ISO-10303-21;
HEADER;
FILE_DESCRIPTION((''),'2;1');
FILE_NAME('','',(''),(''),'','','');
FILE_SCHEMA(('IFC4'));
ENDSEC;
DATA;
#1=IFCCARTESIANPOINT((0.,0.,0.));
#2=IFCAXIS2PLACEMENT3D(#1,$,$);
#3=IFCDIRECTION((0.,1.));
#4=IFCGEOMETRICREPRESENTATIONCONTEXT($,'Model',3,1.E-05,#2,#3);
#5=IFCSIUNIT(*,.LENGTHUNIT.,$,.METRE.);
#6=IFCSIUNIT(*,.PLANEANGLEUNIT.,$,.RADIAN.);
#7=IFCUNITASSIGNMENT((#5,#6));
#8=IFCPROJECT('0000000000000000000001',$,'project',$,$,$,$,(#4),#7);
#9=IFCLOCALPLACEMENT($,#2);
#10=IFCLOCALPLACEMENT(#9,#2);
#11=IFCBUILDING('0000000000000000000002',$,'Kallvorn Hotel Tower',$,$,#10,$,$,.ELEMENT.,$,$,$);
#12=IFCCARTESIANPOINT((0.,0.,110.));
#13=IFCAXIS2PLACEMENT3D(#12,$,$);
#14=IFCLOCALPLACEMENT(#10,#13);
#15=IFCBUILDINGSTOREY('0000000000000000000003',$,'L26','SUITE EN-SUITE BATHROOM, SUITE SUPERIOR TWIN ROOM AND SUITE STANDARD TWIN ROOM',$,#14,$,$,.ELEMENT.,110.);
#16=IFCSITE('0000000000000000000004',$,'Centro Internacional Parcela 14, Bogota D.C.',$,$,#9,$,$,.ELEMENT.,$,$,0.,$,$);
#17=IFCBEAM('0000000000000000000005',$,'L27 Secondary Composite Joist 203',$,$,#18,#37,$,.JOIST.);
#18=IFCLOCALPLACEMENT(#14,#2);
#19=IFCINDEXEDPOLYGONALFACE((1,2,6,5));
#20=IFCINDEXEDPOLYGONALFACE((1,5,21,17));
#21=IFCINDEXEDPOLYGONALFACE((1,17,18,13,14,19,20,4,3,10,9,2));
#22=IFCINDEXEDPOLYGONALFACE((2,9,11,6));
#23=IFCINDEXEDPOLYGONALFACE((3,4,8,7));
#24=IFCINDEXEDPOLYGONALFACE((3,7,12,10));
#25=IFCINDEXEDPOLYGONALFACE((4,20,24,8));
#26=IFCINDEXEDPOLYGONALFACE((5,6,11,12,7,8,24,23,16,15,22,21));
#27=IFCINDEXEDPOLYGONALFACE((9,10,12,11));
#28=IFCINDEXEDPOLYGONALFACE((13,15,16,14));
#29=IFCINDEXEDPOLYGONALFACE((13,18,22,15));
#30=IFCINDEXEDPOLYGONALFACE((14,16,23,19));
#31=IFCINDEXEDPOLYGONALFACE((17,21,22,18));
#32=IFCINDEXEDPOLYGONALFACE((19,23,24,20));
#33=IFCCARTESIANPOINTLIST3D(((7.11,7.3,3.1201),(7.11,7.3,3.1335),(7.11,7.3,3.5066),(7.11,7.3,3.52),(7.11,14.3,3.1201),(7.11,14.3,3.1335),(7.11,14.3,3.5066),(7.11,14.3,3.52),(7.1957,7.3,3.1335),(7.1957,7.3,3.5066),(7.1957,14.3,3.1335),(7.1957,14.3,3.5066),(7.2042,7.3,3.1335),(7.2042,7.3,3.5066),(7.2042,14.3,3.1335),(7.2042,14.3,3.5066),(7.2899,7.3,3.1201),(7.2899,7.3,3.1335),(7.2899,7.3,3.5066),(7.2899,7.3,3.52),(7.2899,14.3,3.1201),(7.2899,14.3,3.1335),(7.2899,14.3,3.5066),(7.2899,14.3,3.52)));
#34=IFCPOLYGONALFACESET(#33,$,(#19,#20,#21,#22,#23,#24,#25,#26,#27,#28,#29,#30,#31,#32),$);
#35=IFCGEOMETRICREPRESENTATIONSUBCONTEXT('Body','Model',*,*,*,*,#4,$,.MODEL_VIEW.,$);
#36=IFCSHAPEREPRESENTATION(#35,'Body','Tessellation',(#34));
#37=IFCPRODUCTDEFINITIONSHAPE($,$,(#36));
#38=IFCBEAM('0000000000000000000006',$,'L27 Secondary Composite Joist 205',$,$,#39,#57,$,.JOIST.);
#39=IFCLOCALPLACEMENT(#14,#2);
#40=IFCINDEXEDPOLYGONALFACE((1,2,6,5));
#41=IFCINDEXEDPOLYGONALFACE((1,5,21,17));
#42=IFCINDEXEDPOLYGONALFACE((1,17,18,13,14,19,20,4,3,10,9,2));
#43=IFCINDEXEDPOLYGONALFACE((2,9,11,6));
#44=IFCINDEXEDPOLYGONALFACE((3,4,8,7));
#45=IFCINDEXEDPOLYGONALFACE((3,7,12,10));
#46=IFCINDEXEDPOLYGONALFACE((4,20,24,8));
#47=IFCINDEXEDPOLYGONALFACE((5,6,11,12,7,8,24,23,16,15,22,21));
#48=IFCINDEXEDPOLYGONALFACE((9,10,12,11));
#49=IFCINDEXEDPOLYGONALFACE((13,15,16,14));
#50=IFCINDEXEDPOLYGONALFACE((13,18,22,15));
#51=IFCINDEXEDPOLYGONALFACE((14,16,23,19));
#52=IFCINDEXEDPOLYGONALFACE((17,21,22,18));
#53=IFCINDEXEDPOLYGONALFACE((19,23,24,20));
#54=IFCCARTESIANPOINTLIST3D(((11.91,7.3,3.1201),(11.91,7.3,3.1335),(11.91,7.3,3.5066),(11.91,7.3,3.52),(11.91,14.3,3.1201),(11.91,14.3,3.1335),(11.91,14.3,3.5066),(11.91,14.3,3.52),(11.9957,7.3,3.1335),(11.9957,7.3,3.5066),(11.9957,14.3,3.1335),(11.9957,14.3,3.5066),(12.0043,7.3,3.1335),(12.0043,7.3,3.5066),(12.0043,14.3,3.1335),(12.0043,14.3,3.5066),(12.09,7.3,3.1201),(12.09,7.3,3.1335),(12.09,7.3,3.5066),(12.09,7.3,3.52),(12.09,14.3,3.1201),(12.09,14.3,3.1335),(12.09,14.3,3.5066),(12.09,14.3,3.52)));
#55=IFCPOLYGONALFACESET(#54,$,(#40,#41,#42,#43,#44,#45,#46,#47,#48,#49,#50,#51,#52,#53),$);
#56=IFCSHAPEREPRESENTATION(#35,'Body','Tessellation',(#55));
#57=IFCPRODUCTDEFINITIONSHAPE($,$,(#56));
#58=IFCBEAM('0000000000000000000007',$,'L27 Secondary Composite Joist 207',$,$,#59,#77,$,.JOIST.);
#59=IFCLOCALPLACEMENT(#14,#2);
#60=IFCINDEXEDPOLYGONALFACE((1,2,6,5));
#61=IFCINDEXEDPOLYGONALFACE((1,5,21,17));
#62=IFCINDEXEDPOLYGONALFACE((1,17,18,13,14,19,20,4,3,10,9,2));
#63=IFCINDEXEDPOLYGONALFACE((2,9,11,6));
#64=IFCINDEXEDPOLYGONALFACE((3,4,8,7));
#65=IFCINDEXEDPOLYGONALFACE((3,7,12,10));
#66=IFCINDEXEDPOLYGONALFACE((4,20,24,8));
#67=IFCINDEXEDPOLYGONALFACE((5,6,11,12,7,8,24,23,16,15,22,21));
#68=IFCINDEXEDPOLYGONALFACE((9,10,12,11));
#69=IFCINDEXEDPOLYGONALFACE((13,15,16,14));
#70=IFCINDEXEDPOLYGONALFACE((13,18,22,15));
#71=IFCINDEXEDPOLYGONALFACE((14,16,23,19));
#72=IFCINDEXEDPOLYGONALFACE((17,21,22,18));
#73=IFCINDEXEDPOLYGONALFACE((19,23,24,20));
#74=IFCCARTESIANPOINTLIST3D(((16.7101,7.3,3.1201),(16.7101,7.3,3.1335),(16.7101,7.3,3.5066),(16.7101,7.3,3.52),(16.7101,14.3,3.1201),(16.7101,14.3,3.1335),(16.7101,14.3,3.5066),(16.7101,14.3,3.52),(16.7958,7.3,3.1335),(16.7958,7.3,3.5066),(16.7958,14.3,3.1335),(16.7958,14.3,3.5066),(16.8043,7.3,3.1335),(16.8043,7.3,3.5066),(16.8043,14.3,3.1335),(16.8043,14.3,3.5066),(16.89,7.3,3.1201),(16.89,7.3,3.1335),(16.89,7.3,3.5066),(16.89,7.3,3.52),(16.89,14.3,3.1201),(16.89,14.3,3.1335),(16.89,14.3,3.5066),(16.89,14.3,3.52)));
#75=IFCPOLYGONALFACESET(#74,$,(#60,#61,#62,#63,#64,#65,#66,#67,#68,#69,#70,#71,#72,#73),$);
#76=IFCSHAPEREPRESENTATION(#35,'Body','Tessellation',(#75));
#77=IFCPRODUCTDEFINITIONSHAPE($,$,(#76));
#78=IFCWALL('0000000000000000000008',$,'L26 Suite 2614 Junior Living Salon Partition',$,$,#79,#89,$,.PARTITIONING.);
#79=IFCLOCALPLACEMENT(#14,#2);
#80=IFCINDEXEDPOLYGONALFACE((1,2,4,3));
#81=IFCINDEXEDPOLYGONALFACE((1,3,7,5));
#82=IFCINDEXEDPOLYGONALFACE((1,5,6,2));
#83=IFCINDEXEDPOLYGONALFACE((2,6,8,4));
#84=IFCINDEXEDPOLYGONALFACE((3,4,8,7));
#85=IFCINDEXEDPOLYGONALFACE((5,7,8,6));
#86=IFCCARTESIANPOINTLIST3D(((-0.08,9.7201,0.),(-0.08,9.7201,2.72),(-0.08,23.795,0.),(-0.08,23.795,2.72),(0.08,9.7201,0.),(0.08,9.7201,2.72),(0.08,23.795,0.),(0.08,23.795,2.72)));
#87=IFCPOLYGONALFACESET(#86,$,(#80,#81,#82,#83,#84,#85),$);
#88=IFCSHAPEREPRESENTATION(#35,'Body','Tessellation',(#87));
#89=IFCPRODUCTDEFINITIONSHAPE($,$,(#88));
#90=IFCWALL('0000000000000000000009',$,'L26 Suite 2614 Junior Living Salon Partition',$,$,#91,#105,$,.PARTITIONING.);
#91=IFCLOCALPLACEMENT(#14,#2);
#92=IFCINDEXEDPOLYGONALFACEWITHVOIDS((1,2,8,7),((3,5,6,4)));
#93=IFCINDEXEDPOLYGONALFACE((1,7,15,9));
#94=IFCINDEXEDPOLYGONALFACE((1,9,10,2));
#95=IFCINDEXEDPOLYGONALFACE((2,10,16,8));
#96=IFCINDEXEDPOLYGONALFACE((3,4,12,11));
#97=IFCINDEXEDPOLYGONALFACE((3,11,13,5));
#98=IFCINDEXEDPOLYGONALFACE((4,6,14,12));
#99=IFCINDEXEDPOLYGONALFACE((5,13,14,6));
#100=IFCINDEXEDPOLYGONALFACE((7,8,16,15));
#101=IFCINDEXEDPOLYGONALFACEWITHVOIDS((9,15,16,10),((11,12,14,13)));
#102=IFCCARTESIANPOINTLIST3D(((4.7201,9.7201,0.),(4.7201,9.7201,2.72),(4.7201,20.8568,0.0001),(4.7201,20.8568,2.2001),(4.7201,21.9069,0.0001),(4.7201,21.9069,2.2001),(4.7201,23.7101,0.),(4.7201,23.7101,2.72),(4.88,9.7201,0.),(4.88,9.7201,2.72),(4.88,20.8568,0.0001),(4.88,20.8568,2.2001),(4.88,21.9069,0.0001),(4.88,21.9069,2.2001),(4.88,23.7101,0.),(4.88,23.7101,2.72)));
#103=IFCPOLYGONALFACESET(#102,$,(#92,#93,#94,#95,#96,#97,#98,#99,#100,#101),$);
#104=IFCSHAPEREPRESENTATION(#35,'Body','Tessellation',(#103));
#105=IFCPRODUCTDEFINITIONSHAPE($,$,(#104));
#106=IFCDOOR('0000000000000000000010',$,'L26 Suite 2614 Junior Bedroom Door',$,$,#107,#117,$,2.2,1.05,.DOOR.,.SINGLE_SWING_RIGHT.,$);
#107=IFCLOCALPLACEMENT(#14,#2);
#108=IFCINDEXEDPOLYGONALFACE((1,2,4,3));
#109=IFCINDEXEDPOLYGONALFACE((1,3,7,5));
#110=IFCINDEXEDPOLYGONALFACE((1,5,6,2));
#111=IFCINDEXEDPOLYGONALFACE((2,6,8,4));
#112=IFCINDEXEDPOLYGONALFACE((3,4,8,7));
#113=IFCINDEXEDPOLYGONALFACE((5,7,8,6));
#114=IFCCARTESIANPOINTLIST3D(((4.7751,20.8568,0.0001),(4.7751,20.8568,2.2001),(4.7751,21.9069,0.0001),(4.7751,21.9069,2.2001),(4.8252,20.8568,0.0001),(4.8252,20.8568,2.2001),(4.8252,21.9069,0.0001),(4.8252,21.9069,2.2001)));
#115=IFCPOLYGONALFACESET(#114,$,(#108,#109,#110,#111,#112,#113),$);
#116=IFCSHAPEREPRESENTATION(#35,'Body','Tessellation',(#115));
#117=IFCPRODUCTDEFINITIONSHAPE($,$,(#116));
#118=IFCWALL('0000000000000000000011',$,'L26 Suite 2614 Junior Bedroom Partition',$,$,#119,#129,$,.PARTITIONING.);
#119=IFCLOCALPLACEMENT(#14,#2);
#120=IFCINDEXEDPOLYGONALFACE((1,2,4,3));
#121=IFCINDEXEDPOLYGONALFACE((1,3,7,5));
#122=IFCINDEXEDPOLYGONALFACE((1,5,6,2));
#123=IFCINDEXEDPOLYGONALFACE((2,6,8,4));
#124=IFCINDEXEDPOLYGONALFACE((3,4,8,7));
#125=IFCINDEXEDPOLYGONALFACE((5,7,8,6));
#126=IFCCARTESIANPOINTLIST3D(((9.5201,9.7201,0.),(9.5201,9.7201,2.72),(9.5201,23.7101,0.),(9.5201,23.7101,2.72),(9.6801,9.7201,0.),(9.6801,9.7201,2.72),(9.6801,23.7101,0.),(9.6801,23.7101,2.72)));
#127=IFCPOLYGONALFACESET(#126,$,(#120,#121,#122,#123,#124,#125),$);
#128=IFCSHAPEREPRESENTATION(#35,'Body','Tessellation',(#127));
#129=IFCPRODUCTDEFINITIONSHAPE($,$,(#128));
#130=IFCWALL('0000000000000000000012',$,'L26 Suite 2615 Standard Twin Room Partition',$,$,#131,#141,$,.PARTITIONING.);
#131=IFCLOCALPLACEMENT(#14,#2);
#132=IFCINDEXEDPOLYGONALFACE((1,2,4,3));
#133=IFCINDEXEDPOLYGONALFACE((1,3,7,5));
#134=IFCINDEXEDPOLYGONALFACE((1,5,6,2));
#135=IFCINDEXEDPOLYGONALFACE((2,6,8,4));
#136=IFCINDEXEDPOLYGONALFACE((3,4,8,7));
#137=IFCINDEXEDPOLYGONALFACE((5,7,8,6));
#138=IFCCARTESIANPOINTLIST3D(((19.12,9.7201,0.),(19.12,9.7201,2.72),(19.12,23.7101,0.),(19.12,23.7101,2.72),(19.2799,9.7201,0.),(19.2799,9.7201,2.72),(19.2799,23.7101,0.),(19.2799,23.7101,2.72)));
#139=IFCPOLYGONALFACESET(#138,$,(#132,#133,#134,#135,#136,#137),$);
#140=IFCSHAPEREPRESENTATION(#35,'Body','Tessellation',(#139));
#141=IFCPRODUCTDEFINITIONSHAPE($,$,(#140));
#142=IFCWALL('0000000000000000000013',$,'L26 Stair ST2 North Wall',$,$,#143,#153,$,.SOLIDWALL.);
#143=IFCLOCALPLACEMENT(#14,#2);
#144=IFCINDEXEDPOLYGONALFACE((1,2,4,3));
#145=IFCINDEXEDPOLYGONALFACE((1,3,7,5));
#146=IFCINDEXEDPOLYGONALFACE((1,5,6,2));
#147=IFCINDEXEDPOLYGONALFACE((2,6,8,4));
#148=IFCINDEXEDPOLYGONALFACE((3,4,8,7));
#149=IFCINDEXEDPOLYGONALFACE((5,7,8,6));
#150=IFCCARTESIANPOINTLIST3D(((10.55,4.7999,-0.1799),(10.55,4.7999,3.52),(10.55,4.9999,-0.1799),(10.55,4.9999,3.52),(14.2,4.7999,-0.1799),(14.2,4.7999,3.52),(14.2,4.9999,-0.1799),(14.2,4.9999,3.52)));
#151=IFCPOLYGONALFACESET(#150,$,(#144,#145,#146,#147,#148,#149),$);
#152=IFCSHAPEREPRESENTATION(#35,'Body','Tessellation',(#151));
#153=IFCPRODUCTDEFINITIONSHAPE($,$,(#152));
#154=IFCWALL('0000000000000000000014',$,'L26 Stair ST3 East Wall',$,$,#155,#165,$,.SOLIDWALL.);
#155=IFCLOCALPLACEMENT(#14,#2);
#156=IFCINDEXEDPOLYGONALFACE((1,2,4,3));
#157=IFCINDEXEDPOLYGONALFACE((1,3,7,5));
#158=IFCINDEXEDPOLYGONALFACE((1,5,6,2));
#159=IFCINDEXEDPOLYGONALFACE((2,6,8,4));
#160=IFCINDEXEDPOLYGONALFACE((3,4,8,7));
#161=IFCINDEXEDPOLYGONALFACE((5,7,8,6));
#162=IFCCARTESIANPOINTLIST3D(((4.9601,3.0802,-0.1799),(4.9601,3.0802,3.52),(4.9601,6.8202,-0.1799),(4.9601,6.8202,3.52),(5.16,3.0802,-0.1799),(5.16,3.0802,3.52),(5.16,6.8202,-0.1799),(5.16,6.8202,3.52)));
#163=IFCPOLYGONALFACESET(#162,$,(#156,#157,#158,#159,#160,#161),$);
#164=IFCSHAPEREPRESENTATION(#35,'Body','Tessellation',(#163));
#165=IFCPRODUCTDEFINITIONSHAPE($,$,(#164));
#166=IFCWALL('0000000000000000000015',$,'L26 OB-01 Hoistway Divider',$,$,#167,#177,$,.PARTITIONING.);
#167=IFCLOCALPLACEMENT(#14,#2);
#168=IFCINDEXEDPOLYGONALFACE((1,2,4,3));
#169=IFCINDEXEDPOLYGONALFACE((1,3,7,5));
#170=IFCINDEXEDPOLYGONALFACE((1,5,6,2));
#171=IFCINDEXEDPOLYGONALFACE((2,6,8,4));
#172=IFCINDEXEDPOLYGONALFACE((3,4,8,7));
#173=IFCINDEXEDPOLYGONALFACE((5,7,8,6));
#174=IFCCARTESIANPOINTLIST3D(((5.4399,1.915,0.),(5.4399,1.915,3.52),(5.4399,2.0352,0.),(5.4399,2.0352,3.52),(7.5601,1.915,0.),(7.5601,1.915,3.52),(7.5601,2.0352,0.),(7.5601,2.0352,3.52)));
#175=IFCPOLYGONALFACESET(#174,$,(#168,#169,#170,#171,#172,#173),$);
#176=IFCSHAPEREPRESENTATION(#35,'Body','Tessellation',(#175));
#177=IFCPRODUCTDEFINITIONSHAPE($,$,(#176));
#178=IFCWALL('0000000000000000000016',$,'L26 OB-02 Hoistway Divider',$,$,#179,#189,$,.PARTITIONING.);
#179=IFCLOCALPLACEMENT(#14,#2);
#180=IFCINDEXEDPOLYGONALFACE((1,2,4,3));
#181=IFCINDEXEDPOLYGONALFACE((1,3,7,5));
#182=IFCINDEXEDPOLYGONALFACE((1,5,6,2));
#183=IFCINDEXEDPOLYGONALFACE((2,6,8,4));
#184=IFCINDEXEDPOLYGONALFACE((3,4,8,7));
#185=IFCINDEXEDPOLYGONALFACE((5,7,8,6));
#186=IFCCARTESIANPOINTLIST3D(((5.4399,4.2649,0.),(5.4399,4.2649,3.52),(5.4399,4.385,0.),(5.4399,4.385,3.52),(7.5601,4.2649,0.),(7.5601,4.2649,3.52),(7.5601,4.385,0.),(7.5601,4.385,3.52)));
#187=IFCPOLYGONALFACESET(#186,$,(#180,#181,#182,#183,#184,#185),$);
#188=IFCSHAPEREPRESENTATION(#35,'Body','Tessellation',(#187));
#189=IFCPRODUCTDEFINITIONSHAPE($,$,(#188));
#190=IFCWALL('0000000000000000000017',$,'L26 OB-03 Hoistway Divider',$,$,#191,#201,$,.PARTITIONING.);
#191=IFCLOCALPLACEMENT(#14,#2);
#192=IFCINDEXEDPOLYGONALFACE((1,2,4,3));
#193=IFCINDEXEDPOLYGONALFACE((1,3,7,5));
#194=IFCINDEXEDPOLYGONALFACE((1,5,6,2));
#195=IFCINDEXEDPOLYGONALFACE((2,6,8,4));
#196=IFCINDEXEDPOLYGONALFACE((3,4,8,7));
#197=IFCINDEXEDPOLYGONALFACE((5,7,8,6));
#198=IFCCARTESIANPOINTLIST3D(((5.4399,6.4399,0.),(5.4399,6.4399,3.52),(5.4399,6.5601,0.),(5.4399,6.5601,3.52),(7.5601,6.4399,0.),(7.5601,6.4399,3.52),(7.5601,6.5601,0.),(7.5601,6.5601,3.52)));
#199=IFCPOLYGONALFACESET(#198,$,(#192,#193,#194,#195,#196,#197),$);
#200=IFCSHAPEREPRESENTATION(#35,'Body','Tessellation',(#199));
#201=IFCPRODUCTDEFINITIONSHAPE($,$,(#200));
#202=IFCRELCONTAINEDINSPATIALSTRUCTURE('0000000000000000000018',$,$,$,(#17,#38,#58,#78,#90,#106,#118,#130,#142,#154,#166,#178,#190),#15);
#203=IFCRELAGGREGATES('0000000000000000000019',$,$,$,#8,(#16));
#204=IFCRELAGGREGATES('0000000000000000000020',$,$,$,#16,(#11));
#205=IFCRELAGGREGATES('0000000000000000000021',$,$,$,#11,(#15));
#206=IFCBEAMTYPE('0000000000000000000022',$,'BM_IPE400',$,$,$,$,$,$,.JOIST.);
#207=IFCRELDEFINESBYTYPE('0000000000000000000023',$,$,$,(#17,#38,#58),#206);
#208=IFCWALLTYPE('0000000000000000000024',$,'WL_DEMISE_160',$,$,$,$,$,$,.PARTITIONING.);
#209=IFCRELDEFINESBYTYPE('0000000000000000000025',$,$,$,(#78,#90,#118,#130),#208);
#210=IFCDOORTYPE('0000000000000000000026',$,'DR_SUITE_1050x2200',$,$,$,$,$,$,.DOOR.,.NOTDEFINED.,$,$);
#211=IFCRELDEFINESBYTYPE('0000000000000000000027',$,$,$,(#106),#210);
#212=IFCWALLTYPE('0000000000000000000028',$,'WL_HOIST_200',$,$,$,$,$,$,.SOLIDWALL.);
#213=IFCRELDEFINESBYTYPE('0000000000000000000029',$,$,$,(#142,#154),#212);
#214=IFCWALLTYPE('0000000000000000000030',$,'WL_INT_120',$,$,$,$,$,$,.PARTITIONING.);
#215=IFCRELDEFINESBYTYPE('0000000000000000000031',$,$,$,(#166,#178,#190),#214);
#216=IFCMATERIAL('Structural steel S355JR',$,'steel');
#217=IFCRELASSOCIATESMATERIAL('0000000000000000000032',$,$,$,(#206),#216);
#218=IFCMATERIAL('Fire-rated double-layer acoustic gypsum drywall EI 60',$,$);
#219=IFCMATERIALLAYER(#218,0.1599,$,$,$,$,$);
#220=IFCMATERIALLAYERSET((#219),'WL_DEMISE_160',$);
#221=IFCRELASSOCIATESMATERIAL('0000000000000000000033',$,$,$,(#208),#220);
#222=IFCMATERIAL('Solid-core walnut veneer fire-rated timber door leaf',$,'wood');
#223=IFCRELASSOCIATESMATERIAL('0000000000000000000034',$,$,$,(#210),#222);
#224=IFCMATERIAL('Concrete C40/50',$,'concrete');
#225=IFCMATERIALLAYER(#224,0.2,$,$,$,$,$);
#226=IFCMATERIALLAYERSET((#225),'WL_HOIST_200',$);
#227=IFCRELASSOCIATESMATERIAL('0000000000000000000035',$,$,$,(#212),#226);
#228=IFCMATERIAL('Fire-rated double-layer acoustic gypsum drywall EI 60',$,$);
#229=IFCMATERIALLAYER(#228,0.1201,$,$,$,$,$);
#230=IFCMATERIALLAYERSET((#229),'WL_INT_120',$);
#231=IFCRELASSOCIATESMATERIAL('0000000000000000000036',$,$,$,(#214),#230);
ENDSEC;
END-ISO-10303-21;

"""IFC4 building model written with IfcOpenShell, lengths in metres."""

from ifc_helpers import new_model, si_unit, direction, frame, frame_2d, origin, origin_2d, place, context, subcontext, project, spatial, rectangle, i_section, extrude, material, layer, layer_set, material_profile, profile_set, type_object, element, fill, save


model = new_model("IFC4")

# Units and contexts
model_context = context("Model", 3, precision=1e-05, world=origin(), true_north=direction((0.0, 1.0)))
body_context = subcontext(model_context, "Body", "Model", "MODEL_VIEW")
ifc_project = project(units=[si_unit("LENGTHUNIT", "METRE"), si_unit("PLANEANGLEUNIT", "RADIAN")], contexts=[model_context])

# Site, building, storey
site_placement = place(None, origin())
site = spatial("IfcSite", under=ifc_project, at=site_placement, Name="Centro Internacional Parcela 14, Bogota D.C.", CompositionType="ELEMENT", RefElevation=0.0)
building_placement = place(site_placement, origin())
building = spatial("IfcBuilding", under=site, at=building_placement, Name="Kallvorn Hotel Tower", CompositionType="ELEMENT")
storey_placement = place(building_placement, frame((0.0, 0.0, 110.0)))
storey = spatial("IfcBuildingStorey", under=building, at=storey_placement, Name="L26", Description="SUITE EN-SUITE BATHROOM, SUITE SUPERIOR TWIN ROOM AND SUITE STANDARD TWIN ROOM", CompositionType="ELEMENT", Elevation=110.0)

# Beams
ifc_material_1 = material(Name="Structural steel S355JR", Category="steel")
ifc_material_profile_1 = material_profile(ifc_material_1, i_section(OverallWidth=0.1799, OverallDepth=0.3999, WebThickness=0.0085, FlangeThickness=0.0134, at=origin_2d()), Name="IPE 400")
ifc_profile_set_1 = profile_set([ifc_material_profile_1], Name="Structural steel S355JR")
beam_type_1 = type_object("IfcBeamType", Name="BM_IPE400", PredefinedType="JOIST", material=ifc_profile_set_1)
for number, where, z_axis, x_axis, name in (
    (1, (7.2, 7.3, 3.3201), (0.0, 1.0, 0.0), (-1.0, 0.0, 0.0), "L27 Secondary Composite Joist 203"),
    (2, (12.0, 7.3, 3.3201), (0.0, 1.0, 0.0), (-1.0, 0.0, 0.0), "L27 Secondary Composite Joist 205"),
    (3, (16.8, 7.3, 3.3201), (0.0, 1.0, 0.0), (-1.0, 0.0, 0.0), "L27 Secondary Composite Joist 207"),
):
    element("IfcBeam", number, at=place(storey_placement, frame(where, z_axis=z_axis, x_axis=x_axis)), inside=storey, type_object=beam_type_1, Name=name, PredefinedType="JOIST", context=body_context, shape_type="SweptSolid", body=[
        extrude(i_section(OverallWidth=0.1799, OverallDepth=0.3999, WebThickness=0.0085, FlangeThickness=0.0134, at=origin_2d()), origin(), (0.0, 0.0, 1.0), 7.0),
    ])

# Wall
ifc_material_2 = material(Name="Fire-rated double-layer acoustic gypsum drywall EI 60")
ifc_layer_1 = layer(ifc_material_2, 0.1599)
ifc_layer_set_1 = layer_set([ifc_layer_1], Name="WL_DEMISE_160")
wall_type_1 = type_object("IfcWallType", Name="WL_DEMISE_160", PredefinedType="PARTITIONING", material=ifc_layer_set_1)
wall_1_placement = place(storey_placement, frame((0.0, 9.72, 0.0), z_axis=(0.0, 0.0, 1.0), x_axis=(0.0, 1.0, 0.0)))
element("IfcWall", 4, at=wall_1_placement, inside=storey, type_object=wall_type_1, Name="L26 Suite 2614 Junior Living Salon Partition", PredefinedType="PARTITIONING", context=body_context, shape_type="SweptSolid", body=[
    extrude(rectangle(XDim=14.075, YDim=0.1599, at=frame_2d((7.0376, 0.0))), origin(), (0.0, 0.0, 1.0), 2.72),
])

# Wall, opening, door
wall_2_placement = place(storey_placement, frame((4.8, 9.72, 0.0), z_axis=(0.0, 0.0, 1.0), x_axis=(0.0, 1.0, 0.0)))
wall_2 = element("IfcWall", 5, at=wall_2_placement, inside=storey, type_object=wall_type_1, Name="L26 Suite 2614 Junior Living Salon Partition", PredefinedType="PARTITIONING", context=body_context, shape_type="SweptSolid", body=[
    extrude(rectangle(XDim=13.99, YDim=0.1599, at=frame_2d((6.9951, 0.0))), origin(), (0.0, 0.0, 1.0), 2.72),
])
opening_1_placement = place(wall_2_placement, frame((11.137, 0.0, 0.0)))
opening_1 = element("IfcOpeningElement", 6, at=opening_1_placement, cuts=wall_2, PredefinedType="OPENING", context=body_context, shape_type="SweptSolid", body=[
    extrude(rectangle(XDim=1.05, YDim=2.2, at=frame_2d((0.5249, 1.1001))), frame((0.0, 0.095, 0.0), z_axis=(0.0, -1.0, 0.0), x_axis=(1.0, 0.0, 0.0)), (0.0, 0.0, 1.0), 0.1899),
])
ifc_material_3 = material(Name="Solid-core walnut veneer fire-rated timber door leaf", Category="wood")
door_type_1 = type_object("IfcDoorType", Name="DR_SUITE_1050x2200", OperationType="NOTDEFINED", PredefinedType="DOOR", material=ifc_material_3)
door_1_placement = place(opening_1_placement, origin())
door_1 = element("IfcDoor", 7, at=door_1_placement, inside=storey, type_object=door_type_1, Name="L26 Suite 2614 Junior Bedroom Door", OperationType="SINGLE_SWING_RIGHT", OverallHeight=2.2, OverallWidth=1.05, PredefinedType="DOOR", context=body_context, shape_type="SweptSolid", body=[
    extrude(rectangle(XDim=1.05, YDim=2.2, at=frame_2d((0.5249, 1.1001))), frame((0.0, 0.0249, 0.0), z_axis=(0.0, -1.0, 0.0), x_axis=(1.0, 0.0, 0.0)), (0.0, 0.0, 1.0), 0.05),
])
fill(opening_1, door_1)

# Walls
for number, where, z_axis, x_axis, name in (
    (8, (9.6001, 9.72, 0.0), (0.0, 0.0, 1.0), (0.0, 1.0, 0.0), "L26 Suite 2614 Junior Bedroom Partition"),
    (9, (19.2, 9.72, 0.0), (0.0, 0.0, 1.0), (0.0, 1.0, 0.0), "L26 Suite 2615 Standard Twin Room Partition"),
):
    element("IfcWall", number, at=place(storey_placement, frame(where, z_axis=z_axis, x_axis=x_axis)), inside=storey, type_object=wall_type_1, Name=name, PredefinedType="PARTITIONING", context=body_context, shape_type="SweptSolid", body=[
        extrude(rectangle(XDim=13.99, YDim=0.1599, at=frame_2d((6.9951, 0.0))), origin(), (0.0, 0.0, 1.0), 2.72),
    ])
ifc_material_4 = material(Name="Concrete C40/50", Category="concrete")
ifc_layer_2 = layer(ifc_material_4, 0.2)
ifc_layer_set_2 = layer_set([ifc_layer_2], Name="WL_HOIST_200")
wall_type_2 = type_object("IfcWallType", Name="WL_HOIST_200", PredefinedType="SOLIDWALL", material=ifc_layer_set_2)
wall_3_placement = place(storey_placement, frame((10.55, 4.8999, -0.1799), z_axis=(0.0, 0.0, 1.0), x_axis=(1.0, 0.0, 0.0)))
element("IfcWall", 10, at=wall_3_placement, inside=storey, type_object=wall_type_2, Name="L26 Stair ST2 North Wall", PredefinedType="SOLIDWALL", context=body_context, shape_type="SweptSolid", body=[
    extrude(rectangle(XDim=3.6499, YDim=0.2, at=frame_2d((1.825, 0.0))), origin(), (0.0, 0.0, 1.0), 3.7),
])
wall_4_placement = place(storey_placement, frame((5.0601, 3.0801, -0.1799), z_axis=(0.0, 0.0, 1.0), x_axis=(0.0, 1.0, 0.0)))
element("IfcWall", 11, at=wall_4_placement, inside=storey, type_object=wall_type_2, Name="L26 Stair ST3 East Wall", PredefinedType="SOLIDWALL", context=body_context, shape_type="SweptSolid", body=[
    extrude(rectangle(XDim=3.74, YDim=0.2, at=frame_2d((1.8701, 0.0))), origin(), (0.0, 0.0, 1.0), 3.7),
])
ifc_material_5 = material(Name="Fire-rated double-layer acoustic gypsum drywall EI 60")
ifc_layer_3 = layer(ifc_material_5, 0.1201)
ifc_layer_set_3 = layer_set([ifc_layer_3], Name="WL_INT_120")
wall_type_3 = type_object("IfcWallType", Name="WL_INT_120", PredefinedType="PARTITIONING", material=ifc_layer_set_3)
for number, where, z_axis, x_axis, name in (
    (12, (5.4399, 1.9751, 0.0), (0.0, 0.0, 1.0), (1.0, 0.0, 0.0), "L26 OB-01 Hoistway Divider"),
    (13, (5.4399, 4.325, 0.0), (0.0, 0.0, 1.0), (1.0, 0.0, 0.0), "L26 OB-02 Hoistway Divider"),
    (14, (5.4399, 6.5, 0.0), (0.0, 0.0, 1.0), (1.0, 0.0, 0.0), "L26 OB-03 Hoistway Divider"),
):
    element("IfcWall", number, at=place(storey_placement, frame(where, z_axis=z_axis, x_axis=x_axis)), inside=storey, type_object=wall_type_3, Name=name, PredefinedType="PARTITIONING", context=body_context, shape_type="SweptSolid", body=[
        extrude(rectangle(XDim=2.1201, YDim=0.1201, at=frame_2d((1.0601, 0.0))), origin(), (0.0, 0.0, 1.0), 3.52),
    ])

save(model, "model.ifc")
